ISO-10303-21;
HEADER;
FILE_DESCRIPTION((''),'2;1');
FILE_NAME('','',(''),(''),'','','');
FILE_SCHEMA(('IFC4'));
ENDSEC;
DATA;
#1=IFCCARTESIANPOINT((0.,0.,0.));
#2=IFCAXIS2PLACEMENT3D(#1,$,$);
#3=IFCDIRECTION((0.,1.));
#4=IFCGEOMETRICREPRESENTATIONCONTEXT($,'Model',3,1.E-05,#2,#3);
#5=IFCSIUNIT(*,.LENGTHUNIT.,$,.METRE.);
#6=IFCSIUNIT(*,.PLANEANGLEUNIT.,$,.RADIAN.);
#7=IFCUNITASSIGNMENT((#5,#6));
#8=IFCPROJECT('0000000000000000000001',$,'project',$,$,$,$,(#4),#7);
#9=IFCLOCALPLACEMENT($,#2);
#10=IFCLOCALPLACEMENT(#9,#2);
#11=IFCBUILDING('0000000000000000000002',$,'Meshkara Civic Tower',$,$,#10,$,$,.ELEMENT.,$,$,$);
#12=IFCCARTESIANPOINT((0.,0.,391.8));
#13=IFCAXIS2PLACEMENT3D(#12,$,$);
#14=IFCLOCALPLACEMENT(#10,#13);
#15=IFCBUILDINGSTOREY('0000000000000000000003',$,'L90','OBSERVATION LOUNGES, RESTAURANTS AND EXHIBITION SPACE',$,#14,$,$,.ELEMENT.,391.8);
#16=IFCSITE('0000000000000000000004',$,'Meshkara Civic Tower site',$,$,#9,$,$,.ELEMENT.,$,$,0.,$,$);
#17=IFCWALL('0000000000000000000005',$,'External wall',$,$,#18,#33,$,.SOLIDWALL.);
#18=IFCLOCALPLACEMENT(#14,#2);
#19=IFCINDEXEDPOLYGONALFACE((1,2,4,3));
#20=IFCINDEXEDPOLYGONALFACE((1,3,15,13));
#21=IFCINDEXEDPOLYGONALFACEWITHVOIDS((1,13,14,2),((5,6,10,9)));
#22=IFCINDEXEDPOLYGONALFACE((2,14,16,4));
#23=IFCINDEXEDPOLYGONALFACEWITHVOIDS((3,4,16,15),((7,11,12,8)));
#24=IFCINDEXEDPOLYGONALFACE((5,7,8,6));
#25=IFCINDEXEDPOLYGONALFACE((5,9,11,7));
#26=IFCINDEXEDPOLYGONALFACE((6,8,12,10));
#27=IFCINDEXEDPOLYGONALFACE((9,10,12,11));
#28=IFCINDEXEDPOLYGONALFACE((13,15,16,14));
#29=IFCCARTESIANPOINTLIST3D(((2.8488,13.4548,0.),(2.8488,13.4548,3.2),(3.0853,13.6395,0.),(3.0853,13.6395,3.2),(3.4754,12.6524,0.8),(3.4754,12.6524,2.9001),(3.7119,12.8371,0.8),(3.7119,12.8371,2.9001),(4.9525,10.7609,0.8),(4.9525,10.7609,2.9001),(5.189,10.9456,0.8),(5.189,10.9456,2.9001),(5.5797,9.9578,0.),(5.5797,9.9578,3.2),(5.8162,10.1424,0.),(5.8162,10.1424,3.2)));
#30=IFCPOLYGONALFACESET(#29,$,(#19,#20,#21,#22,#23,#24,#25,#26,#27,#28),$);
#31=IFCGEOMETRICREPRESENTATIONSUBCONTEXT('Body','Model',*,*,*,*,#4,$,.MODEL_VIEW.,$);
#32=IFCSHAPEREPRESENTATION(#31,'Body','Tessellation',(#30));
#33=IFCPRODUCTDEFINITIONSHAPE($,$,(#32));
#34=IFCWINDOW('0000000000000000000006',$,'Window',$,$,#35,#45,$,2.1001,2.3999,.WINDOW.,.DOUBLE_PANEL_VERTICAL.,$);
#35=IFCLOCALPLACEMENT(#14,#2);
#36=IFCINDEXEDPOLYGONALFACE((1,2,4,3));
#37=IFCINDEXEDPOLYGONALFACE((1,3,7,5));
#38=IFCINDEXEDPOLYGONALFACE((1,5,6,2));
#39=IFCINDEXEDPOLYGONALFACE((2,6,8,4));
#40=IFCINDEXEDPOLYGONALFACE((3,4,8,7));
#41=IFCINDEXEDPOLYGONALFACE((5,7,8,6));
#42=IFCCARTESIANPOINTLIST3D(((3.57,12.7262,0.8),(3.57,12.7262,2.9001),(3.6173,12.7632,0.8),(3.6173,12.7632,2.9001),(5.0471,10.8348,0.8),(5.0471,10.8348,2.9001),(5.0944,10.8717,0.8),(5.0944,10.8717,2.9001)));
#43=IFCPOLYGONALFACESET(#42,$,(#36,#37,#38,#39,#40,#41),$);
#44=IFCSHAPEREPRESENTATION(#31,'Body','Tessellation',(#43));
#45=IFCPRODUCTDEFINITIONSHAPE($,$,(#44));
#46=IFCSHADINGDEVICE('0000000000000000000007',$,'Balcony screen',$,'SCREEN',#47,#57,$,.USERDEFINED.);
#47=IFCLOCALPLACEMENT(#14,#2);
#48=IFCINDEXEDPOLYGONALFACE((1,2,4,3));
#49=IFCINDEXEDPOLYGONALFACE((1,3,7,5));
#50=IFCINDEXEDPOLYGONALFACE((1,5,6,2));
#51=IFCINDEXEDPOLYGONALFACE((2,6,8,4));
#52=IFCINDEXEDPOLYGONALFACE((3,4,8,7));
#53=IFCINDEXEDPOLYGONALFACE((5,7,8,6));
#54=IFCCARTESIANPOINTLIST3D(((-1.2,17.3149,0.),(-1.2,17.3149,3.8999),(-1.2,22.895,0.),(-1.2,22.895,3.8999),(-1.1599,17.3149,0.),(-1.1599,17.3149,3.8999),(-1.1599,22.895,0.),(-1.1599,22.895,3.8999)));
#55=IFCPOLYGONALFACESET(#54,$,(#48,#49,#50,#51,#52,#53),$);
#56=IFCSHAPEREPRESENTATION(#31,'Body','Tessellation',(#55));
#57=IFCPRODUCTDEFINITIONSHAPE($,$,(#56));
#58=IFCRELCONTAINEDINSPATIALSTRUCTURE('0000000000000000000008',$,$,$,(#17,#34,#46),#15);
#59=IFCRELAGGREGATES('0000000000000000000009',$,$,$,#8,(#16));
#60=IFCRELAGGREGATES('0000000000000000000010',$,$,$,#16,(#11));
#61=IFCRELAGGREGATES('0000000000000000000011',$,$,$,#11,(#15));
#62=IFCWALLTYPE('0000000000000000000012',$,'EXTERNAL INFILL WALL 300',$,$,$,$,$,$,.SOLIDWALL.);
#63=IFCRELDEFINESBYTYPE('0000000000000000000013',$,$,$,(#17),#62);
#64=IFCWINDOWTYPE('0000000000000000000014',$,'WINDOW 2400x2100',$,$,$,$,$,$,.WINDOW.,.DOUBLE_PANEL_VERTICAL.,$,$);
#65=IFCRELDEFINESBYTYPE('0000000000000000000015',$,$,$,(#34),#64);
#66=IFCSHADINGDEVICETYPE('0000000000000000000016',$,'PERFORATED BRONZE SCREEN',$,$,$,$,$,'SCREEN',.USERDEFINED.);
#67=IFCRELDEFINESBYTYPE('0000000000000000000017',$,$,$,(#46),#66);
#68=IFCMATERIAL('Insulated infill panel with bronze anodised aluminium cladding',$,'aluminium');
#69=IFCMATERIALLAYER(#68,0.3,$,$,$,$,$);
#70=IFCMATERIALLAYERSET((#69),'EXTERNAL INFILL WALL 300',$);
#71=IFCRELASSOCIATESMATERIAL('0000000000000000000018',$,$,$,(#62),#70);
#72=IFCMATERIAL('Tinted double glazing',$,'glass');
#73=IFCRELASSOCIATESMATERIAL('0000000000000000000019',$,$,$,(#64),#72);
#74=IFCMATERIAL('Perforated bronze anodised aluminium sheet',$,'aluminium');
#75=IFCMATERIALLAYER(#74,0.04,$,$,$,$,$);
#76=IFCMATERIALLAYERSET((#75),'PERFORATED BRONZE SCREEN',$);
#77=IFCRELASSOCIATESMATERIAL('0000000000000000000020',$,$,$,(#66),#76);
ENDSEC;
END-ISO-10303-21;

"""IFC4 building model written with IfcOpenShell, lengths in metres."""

from ifc_helpers import new_model, si_unit, direction, frame, frame_2d, origin, origin_2d, place, context, subcontext, project, spatial, rectangle, extrude, material, layer, layer_set, type_object, element, fill, save


model = new_model("IFC4")

# Units and contexts
model_context = context("Model", 3, precision=1e-05, world=origin(), true_north=direction((0.0, 1.0)))
body_context = subcontext(model_context, "Body", "Model", "MODEL_VIEW")
ifc_project = project(units=[si_unit("LENGTHUNIT", "METRE"), si_unit("PLANEANGLEUNIT", "RADIAN")], contexts=[model_context])

# Site, building, storey
site_placement = place(None, origin())
site = spatial("IfcSite", under=ifc_project, at=site_placement, Name="Meshkara Civic Tower site", CompositionType="ELEMENT", RefElevation=0.0)
building_placement = place(site_placement, origin())
building = spatial("IfcBuilding", under=site, at=building_placement, Name="Meshkara Civic Tower", CompositionType="ELEMENT")
storey_placement = place(building_placement, frame((0.0, 0.0, 391.8)))
storey = spatial("IfcBuildingStorey", under=building, at=storey_placement, Name="L90", Description="OBSERVATION LOUNGES, RESTAURANTS AND EXHIBITION SPACE", CompositionType="ELEMENT", Elevation=391.8)

# Wall, opening, window
ifc_material_1 = material(Name="Insulated infill panel with bronze anodised aluminium cladding", Category="aluminium")
ifc_layer_1 = layer(ifc_material_1, 0.3)
ifc_layer_set_1 = layer_set([ifc_layer_1], Name="EXTERNAL INFILL WALL 300")
wall_type_1 = type_object("IfcWallType", Name="EXTERNAL INFILL WALL 300", PredefinedType="SOLIDWALL", material=ifc_layer_set_1)
ifc_material_2 = material(Name="Tinted double glazing", Category="glass")
window_type_1 = type_object("IfcWindowType", Name="WINDOW 2400x2100", PartitioningType="DOUBLE_PANEL_VERTICAL", PredefinedType="WINDOW", material=ifc_material_2)
wall_1_placement = place(storey_placement, frame((2.967, 13.5471, 0.0), z_axis=(0.0, 0.0, 1.0), x_axis=(0.615486, -0.788148, 0.0)))
wall_1 = element("IfcWall", 1, at=wall_1_placement, inside=storey, type_object=wall_type_1, Name="External wall", PredefinedType="SOLIDWALL", context=body_context, shape_type="SweptSolid", body=[
    extrude(rectangle(XDim=4.437, YDim=0.3, at=frame_2d((2.2185, 0.0))), origin(), (0.0, 0.0, 1.0), 3.2),
])
opening_1_placement = place(wall_1_placement, frame((1.0181, 0.0, 0.8)))
opening_1 = element("IfcOpeningElement", 2, at=opening_1_placement, cuts=wall_1, PredefinedType="OPENING", context=body_context, shape_type="SweptSolid", body=[
    extrude(rectangle(XDim=2.3999, YDim=2.1001, at=frame_2d((1.2, 1.05))), frame((0.0, 0.1599, 0.0), z_axis=(0.0, -1.0, 0.0), x_axis=(1.0, 0.0, 0.0)), (0.0, 0.0, 1.0), 0.3201),
])
window_1_placement = place(opening_1_placement, origin())
window_1 = element("IfcWindow", 3, at=window_1_placement, inside=storey, type_object=window_type_1, Name="Window", OverallHeight=2.1001, OverallWidth=2.3999, PartitioningType="DOUBLE_PANEL_VERTICAL", PredefinedType="WINDOW", context=body_context, shape_type="SweptSolid", body=[
    extrude(rectangle(XDim=2.3999, YDim=2.1001, at=frame_2d((1.2, 1.05))), frame((0.0, 0.03, 0.0), z_axis=(0.0, -1.0, 0.0), x_axis=(1.0, 0.0, 0.0)), (0.0, 0.0, 1.0), 0.0601),
])
fill(opening_1, window_1)

# Shading device
ifc_material_3 = material(Name="Perforated bronze anodised aluminium sheet", Category="aluminium")
ifc_layer_2 = layer(ifc_material_3, 0.04)
ifc_layer_set_2 = layer_set([ifc_layer_2], Name="PERFORATED BRONZE SCREEN")
shading_device_type = type_object("IfcShadingDeviceType", Name="PERFORATED BRONZE SCREEN", ElementType="SCREEN", PredefinedType="USERDEFINED", material=ifc_layer_set_2)
shading_device_placement = place(storey_placement, frame((-1.1799, 20.105, 0.0), z_axis=(0.0, 0.0, 1.0), x_axis=(0.0, -1.0, 0.0)))
element("IfcShadingDevice", 4, at=shading_device_placement, inside=storey, type_object=shading_device_type, Name="Balcony screen", ObjectType="SCREEN", PredefinedType="USERDEFINED", context=body_context, shape_type="SweptSolid", body=[
    extrude(rectangle(XDim=5.5801, YDim=0.04, at=origin_2d()), origin(), (0.0, 0.0, 1.0), 3.8999),
])

save(model, "model.ifc")
